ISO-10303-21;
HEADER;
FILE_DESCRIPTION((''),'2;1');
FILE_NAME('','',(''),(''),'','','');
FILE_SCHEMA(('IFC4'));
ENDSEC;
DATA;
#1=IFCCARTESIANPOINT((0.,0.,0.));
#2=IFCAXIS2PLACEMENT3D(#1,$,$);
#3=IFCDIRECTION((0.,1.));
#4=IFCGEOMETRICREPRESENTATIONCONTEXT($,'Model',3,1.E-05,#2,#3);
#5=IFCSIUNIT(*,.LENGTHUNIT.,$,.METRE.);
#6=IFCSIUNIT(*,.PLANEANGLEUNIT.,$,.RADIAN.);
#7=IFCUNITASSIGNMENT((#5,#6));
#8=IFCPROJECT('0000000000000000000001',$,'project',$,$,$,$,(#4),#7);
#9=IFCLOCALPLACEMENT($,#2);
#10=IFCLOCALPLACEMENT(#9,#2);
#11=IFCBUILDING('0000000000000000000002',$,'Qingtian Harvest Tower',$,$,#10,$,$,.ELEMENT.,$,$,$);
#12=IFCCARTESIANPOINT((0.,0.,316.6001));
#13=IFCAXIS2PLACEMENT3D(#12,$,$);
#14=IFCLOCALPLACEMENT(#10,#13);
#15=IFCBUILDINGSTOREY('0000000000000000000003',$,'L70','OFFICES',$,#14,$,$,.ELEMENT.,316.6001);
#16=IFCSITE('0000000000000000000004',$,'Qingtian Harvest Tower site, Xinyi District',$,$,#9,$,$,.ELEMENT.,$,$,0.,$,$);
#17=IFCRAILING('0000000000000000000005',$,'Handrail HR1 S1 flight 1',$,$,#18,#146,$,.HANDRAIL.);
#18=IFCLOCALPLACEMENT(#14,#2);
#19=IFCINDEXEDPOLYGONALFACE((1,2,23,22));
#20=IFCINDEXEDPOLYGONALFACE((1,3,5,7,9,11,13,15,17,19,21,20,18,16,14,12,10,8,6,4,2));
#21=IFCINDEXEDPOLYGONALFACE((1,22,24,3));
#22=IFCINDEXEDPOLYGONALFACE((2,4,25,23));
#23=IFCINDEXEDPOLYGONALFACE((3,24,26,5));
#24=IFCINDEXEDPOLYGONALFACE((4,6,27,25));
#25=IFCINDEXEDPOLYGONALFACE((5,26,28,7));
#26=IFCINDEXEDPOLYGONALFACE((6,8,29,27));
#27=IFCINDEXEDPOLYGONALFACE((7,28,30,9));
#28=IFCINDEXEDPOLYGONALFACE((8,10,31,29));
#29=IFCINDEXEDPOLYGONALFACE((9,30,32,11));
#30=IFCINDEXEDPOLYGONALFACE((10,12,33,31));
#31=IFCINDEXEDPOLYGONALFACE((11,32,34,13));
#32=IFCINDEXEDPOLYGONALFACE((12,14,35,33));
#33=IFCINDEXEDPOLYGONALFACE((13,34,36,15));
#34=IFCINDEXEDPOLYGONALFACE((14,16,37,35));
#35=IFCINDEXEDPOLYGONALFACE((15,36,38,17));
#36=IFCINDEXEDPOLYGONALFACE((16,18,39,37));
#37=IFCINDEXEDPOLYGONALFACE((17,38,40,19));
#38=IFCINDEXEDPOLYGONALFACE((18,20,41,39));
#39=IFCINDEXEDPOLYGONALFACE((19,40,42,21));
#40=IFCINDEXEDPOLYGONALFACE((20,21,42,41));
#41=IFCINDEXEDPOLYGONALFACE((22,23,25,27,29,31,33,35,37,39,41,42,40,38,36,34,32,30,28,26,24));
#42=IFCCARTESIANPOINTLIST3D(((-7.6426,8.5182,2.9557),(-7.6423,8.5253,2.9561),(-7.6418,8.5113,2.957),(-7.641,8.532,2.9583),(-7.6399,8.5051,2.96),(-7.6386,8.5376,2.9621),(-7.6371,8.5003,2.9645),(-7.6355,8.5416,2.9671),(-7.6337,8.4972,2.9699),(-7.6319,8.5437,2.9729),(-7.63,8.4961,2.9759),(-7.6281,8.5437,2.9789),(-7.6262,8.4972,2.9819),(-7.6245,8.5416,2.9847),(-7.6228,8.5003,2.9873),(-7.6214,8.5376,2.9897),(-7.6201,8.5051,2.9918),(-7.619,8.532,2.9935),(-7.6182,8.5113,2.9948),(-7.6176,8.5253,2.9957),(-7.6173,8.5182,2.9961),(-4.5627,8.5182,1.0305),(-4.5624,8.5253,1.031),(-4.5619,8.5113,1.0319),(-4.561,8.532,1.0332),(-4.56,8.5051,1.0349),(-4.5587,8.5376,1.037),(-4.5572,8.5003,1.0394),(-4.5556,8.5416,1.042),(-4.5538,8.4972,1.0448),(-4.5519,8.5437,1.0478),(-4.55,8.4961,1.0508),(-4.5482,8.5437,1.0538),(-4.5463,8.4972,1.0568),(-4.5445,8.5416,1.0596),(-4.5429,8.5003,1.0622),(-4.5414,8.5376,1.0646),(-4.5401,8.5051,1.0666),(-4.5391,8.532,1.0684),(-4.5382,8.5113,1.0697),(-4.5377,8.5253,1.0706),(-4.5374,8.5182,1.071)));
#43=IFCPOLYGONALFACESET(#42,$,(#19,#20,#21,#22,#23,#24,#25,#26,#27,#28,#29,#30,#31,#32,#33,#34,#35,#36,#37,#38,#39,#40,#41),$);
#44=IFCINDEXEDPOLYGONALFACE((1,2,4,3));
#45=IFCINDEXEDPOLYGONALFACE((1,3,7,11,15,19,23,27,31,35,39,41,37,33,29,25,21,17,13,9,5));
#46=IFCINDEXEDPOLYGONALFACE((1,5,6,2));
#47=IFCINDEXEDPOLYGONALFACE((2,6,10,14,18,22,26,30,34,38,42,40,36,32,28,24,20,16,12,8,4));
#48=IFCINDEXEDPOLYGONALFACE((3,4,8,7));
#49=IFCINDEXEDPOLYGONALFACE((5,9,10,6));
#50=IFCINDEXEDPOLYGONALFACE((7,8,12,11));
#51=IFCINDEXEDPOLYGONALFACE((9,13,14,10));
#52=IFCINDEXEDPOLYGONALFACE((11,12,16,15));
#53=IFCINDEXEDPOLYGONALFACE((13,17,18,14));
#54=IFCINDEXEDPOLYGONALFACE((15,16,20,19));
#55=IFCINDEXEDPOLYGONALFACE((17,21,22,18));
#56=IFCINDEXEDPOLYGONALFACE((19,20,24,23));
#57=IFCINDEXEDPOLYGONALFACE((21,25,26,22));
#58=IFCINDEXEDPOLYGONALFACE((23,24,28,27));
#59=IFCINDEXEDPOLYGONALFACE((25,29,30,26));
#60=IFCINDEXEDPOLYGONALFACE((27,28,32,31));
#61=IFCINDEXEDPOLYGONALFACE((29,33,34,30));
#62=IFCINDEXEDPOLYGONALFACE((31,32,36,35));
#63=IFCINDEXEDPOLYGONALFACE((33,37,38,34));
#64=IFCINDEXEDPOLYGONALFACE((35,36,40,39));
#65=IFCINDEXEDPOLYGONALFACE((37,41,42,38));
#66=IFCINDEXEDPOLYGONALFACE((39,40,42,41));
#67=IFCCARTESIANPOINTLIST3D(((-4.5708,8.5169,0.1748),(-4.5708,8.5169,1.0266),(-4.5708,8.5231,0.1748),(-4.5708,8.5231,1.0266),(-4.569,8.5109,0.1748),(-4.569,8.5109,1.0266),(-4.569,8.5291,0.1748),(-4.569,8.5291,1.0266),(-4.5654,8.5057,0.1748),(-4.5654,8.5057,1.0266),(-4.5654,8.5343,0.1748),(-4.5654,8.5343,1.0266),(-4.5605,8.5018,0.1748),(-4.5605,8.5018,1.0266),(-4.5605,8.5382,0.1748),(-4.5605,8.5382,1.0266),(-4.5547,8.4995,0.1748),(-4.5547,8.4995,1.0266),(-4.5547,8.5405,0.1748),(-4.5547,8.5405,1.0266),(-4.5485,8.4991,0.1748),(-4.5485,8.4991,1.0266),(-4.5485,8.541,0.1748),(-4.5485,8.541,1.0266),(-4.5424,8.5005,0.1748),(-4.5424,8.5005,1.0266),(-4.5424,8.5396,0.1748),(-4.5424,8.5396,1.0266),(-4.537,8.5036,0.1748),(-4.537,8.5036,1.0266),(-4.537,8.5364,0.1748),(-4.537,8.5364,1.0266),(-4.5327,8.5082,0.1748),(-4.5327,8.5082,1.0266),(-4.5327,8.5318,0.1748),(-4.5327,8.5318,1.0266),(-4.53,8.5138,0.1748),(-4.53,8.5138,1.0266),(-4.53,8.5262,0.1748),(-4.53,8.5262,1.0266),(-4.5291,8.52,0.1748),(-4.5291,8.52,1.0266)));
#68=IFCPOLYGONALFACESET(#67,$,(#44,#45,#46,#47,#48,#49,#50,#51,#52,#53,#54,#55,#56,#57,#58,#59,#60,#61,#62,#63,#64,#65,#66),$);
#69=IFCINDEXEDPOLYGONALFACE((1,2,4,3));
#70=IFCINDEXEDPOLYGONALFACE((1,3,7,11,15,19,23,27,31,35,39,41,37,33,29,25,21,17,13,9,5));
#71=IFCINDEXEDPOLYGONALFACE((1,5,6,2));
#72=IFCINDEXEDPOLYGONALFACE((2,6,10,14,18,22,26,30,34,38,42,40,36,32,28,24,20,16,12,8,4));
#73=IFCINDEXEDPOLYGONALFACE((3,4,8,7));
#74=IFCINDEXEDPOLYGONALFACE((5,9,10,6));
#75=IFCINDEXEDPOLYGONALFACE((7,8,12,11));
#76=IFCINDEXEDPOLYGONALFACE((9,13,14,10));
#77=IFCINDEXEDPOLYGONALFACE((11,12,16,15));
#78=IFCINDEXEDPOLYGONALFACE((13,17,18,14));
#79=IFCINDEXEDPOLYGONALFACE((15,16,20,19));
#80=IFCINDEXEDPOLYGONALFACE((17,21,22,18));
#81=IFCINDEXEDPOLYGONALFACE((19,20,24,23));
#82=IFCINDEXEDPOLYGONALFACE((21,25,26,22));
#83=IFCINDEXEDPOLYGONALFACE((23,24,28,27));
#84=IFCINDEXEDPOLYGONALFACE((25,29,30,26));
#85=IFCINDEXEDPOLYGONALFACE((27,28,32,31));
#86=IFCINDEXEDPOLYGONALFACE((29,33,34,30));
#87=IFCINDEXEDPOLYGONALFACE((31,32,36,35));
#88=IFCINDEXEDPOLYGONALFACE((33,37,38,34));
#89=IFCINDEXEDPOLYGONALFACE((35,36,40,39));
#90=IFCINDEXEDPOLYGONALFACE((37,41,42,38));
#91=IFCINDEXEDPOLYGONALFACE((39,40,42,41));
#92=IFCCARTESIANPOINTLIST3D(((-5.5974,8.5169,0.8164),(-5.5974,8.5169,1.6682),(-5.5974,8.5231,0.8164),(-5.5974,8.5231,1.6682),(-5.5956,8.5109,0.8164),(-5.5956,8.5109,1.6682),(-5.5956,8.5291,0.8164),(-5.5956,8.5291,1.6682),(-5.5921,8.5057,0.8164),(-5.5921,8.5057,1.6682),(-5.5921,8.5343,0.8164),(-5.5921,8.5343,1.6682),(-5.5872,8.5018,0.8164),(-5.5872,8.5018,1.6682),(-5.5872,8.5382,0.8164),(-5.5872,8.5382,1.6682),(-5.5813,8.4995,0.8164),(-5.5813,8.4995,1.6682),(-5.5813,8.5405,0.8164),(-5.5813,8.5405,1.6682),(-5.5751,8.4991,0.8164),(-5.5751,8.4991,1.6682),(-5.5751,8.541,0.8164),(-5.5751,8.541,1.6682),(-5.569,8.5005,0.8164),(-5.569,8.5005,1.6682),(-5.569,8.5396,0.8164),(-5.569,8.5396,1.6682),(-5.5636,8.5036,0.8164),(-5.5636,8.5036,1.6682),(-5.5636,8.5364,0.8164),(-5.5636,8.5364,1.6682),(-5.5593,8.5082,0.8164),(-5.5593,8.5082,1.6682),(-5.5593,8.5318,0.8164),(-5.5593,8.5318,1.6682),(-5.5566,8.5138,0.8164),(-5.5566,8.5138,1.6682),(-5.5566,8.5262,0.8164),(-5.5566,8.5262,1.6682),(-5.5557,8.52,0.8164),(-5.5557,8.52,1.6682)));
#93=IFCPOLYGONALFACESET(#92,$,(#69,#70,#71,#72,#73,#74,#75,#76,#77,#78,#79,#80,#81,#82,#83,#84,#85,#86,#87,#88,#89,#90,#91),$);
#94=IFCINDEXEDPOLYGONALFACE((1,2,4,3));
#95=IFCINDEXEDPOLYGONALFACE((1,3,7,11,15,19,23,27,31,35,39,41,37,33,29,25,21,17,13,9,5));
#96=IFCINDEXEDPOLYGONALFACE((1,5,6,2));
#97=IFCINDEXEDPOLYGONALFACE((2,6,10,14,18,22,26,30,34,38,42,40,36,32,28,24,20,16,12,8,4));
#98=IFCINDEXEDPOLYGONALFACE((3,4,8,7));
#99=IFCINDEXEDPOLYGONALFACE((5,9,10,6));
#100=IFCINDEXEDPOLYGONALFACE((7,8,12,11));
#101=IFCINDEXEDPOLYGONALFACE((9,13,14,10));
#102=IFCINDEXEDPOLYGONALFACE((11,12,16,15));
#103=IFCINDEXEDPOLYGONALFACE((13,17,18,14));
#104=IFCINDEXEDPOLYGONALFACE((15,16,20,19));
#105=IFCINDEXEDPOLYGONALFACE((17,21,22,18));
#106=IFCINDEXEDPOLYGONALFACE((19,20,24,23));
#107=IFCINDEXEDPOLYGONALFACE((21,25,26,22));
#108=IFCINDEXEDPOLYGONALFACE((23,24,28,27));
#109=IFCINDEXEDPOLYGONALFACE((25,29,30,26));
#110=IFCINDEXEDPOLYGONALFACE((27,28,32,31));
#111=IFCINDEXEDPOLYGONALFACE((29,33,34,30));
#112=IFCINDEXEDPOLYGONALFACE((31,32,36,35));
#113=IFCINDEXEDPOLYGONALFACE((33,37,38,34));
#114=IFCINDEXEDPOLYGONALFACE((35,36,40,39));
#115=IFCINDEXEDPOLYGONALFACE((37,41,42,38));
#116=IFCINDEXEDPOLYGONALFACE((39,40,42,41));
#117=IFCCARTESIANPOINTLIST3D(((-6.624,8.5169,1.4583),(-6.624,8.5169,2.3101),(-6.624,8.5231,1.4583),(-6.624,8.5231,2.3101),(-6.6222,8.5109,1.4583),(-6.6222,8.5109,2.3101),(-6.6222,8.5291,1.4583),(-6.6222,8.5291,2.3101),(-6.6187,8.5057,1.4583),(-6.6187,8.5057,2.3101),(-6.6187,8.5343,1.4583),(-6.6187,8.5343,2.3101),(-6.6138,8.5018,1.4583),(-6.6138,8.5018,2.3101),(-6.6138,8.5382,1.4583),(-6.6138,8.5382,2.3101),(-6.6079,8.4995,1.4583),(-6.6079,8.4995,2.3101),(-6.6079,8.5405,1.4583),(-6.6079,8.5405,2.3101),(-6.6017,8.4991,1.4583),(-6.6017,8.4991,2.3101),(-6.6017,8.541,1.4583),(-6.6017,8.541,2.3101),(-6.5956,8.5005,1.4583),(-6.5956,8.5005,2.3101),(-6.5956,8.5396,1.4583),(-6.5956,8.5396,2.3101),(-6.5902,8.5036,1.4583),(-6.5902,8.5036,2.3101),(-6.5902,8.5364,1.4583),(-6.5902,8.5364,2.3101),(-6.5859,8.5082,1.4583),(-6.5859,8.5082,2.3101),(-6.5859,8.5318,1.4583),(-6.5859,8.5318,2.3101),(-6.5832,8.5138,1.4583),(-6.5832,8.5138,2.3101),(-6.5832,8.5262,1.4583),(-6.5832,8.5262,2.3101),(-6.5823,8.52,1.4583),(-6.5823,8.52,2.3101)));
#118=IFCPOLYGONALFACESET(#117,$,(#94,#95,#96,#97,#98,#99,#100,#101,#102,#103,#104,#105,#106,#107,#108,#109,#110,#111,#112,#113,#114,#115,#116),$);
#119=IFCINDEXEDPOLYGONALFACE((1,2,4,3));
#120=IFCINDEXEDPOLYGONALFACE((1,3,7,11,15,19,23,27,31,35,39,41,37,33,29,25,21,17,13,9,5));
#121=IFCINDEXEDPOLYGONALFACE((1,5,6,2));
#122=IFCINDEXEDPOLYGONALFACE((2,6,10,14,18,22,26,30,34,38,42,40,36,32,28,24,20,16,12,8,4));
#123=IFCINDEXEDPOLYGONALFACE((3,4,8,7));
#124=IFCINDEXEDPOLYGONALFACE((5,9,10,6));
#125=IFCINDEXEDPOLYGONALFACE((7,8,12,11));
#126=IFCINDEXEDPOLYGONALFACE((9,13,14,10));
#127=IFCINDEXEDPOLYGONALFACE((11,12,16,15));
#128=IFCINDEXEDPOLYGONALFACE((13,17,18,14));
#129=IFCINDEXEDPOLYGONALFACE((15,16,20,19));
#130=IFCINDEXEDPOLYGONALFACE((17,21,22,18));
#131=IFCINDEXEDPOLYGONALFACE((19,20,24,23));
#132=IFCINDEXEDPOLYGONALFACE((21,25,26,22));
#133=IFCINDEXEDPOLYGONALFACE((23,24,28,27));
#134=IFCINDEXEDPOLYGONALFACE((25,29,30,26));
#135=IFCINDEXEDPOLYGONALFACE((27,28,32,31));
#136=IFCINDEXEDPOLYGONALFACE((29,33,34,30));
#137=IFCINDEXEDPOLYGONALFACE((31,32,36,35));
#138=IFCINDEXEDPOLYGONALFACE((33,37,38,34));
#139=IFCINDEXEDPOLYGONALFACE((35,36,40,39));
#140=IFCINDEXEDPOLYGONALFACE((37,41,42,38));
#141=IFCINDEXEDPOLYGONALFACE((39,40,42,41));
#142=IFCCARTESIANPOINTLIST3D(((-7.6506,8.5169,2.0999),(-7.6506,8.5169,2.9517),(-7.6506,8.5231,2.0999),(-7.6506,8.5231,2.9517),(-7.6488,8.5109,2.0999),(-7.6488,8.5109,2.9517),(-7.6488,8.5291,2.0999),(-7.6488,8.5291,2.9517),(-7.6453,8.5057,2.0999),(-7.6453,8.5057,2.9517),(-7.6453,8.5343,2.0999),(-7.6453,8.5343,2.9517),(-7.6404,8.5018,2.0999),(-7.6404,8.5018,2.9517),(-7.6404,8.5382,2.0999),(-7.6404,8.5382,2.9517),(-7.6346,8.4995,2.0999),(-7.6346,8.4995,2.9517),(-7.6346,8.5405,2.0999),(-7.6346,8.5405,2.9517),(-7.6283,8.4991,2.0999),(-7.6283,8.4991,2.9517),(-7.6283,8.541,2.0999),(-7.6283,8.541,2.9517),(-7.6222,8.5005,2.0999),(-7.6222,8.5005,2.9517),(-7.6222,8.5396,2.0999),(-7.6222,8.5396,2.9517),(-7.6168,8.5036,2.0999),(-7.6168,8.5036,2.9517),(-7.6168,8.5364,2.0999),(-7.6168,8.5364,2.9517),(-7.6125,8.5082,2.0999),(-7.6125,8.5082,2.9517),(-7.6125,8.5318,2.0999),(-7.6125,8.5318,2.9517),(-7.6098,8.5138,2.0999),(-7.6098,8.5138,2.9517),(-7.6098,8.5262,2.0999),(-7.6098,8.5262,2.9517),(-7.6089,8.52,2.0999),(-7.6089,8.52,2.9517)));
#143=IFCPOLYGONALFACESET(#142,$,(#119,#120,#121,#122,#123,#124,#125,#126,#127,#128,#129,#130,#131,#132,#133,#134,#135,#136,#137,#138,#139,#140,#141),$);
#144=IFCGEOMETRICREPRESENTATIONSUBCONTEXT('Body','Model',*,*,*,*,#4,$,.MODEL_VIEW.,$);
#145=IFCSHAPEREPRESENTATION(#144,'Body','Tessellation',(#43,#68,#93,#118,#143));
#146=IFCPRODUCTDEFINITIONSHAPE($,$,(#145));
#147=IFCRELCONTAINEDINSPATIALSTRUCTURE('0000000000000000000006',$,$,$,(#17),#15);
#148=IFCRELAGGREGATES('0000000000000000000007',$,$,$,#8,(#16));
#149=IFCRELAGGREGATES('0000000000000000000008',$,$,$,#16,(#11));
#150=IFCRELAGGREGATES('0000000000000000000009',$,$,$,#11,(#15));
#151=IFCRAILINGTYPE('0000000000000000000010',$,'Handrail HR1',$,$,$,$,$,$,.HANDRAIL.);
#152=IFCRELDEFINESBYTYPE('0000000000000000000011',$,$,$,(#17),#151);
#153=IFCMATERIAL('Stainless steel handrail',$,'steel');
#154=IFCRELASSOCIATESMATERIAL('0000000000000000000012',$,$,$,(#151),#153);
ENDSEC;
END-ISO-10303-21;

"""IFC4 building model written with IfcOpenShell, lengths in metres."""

from ifc_helpers import new_model, si_unit, direction, frame, origin, origin_2d, place, context, subcontext, project, spatial, circle, extrude, material, type_object, element, save


model = new_model("IFC4")

# Units and contexts
model_context = context("Model", 3, precision=1e-05, world=origin(), true_north=direction((0.0, 1.0)))
body_context = subcontext(model_context, "Body", "Model", "MODEL_VIEW")
ifc_project = project(units=[si_unit("LENGTHUNIT", "METRE"), si_unit("PLANEANGLEUNIT", "RADIAN")], contexts=[model_context])

# Site, building, storey
site_placement = place(None, origin())
site = spatial("IfcSite", under=ifc_project, at=site_placement, Name="Qingtian Harvest Tower site, Xinyi District", CompositionType="ELEMENT", RefElevation=0.0)
building_placement = place(site_placement, origin())
building = spatial("IfcBuilding", under=site, at=building_placement, Name="Qingtian Harvest Tower", CompositionType="ELEMENT")
storey_placement = place(building_placement, frame((0.0, 0.0, 316.6001)))
storey = spatial("IfcBuildingStorey", under=building, at=storey_placement, Name="L70", Description="OFFICES", CompositionType="ELEMENT", Elevation=316.6001)

# Railing
ifc_material_1 = material(Name="Stainless steel handrail", Category="steel")
railing_type = type_object("IfcRailingType", Name="Handrail HR1", PredefinedType="HANDRAIL", material=ifc_material_1)
railing_1_placement = place(storey_placement, frame((-4.55, 8.52, 0.1748)))
element("IfcRailing", 1, at=railing_1_placement, inside=storey, type_object=railing_type, Name="Handrail HR1 S1 flight 1", PredefinedType="HANDRAIL", context=body_context, shape_type="SweptSolid", body=[
    extrude(circle(Radius=0.0239, at=origin_2d()), frame((0.0, 0.0, 0.876), z_axis=(-0.847979, 0.0, 0.530029), x_axis=(0.0, -1.0, 0.0)), (0.0, 0.0, 1.0), 3.6321),
    extrude(circle(Radius=0.021, at=origin_2d()), origin(), (0.0, 0.0, 1.0), 0.8518),
    extrude(circle(Radius=0.021, at=origin_2d()), frame((-1.0266, 0.0, 0.6416)), (0.0, 0.0, 1.0), 0.8518),
    extrude(circle(Radius=0.021, at=origin_2d()), frame((-2.0532, 0.0, 1.2834)), (0.0, 0.0, 1.0), 0.8518),
    extrude(circle(Radius=0.021, at=origin_2d()), frame((-3.0798, 0.0, 1.925)), (0.0, 0.0, 1.0), 0.8518),
])

save(model, "model.ifc")
